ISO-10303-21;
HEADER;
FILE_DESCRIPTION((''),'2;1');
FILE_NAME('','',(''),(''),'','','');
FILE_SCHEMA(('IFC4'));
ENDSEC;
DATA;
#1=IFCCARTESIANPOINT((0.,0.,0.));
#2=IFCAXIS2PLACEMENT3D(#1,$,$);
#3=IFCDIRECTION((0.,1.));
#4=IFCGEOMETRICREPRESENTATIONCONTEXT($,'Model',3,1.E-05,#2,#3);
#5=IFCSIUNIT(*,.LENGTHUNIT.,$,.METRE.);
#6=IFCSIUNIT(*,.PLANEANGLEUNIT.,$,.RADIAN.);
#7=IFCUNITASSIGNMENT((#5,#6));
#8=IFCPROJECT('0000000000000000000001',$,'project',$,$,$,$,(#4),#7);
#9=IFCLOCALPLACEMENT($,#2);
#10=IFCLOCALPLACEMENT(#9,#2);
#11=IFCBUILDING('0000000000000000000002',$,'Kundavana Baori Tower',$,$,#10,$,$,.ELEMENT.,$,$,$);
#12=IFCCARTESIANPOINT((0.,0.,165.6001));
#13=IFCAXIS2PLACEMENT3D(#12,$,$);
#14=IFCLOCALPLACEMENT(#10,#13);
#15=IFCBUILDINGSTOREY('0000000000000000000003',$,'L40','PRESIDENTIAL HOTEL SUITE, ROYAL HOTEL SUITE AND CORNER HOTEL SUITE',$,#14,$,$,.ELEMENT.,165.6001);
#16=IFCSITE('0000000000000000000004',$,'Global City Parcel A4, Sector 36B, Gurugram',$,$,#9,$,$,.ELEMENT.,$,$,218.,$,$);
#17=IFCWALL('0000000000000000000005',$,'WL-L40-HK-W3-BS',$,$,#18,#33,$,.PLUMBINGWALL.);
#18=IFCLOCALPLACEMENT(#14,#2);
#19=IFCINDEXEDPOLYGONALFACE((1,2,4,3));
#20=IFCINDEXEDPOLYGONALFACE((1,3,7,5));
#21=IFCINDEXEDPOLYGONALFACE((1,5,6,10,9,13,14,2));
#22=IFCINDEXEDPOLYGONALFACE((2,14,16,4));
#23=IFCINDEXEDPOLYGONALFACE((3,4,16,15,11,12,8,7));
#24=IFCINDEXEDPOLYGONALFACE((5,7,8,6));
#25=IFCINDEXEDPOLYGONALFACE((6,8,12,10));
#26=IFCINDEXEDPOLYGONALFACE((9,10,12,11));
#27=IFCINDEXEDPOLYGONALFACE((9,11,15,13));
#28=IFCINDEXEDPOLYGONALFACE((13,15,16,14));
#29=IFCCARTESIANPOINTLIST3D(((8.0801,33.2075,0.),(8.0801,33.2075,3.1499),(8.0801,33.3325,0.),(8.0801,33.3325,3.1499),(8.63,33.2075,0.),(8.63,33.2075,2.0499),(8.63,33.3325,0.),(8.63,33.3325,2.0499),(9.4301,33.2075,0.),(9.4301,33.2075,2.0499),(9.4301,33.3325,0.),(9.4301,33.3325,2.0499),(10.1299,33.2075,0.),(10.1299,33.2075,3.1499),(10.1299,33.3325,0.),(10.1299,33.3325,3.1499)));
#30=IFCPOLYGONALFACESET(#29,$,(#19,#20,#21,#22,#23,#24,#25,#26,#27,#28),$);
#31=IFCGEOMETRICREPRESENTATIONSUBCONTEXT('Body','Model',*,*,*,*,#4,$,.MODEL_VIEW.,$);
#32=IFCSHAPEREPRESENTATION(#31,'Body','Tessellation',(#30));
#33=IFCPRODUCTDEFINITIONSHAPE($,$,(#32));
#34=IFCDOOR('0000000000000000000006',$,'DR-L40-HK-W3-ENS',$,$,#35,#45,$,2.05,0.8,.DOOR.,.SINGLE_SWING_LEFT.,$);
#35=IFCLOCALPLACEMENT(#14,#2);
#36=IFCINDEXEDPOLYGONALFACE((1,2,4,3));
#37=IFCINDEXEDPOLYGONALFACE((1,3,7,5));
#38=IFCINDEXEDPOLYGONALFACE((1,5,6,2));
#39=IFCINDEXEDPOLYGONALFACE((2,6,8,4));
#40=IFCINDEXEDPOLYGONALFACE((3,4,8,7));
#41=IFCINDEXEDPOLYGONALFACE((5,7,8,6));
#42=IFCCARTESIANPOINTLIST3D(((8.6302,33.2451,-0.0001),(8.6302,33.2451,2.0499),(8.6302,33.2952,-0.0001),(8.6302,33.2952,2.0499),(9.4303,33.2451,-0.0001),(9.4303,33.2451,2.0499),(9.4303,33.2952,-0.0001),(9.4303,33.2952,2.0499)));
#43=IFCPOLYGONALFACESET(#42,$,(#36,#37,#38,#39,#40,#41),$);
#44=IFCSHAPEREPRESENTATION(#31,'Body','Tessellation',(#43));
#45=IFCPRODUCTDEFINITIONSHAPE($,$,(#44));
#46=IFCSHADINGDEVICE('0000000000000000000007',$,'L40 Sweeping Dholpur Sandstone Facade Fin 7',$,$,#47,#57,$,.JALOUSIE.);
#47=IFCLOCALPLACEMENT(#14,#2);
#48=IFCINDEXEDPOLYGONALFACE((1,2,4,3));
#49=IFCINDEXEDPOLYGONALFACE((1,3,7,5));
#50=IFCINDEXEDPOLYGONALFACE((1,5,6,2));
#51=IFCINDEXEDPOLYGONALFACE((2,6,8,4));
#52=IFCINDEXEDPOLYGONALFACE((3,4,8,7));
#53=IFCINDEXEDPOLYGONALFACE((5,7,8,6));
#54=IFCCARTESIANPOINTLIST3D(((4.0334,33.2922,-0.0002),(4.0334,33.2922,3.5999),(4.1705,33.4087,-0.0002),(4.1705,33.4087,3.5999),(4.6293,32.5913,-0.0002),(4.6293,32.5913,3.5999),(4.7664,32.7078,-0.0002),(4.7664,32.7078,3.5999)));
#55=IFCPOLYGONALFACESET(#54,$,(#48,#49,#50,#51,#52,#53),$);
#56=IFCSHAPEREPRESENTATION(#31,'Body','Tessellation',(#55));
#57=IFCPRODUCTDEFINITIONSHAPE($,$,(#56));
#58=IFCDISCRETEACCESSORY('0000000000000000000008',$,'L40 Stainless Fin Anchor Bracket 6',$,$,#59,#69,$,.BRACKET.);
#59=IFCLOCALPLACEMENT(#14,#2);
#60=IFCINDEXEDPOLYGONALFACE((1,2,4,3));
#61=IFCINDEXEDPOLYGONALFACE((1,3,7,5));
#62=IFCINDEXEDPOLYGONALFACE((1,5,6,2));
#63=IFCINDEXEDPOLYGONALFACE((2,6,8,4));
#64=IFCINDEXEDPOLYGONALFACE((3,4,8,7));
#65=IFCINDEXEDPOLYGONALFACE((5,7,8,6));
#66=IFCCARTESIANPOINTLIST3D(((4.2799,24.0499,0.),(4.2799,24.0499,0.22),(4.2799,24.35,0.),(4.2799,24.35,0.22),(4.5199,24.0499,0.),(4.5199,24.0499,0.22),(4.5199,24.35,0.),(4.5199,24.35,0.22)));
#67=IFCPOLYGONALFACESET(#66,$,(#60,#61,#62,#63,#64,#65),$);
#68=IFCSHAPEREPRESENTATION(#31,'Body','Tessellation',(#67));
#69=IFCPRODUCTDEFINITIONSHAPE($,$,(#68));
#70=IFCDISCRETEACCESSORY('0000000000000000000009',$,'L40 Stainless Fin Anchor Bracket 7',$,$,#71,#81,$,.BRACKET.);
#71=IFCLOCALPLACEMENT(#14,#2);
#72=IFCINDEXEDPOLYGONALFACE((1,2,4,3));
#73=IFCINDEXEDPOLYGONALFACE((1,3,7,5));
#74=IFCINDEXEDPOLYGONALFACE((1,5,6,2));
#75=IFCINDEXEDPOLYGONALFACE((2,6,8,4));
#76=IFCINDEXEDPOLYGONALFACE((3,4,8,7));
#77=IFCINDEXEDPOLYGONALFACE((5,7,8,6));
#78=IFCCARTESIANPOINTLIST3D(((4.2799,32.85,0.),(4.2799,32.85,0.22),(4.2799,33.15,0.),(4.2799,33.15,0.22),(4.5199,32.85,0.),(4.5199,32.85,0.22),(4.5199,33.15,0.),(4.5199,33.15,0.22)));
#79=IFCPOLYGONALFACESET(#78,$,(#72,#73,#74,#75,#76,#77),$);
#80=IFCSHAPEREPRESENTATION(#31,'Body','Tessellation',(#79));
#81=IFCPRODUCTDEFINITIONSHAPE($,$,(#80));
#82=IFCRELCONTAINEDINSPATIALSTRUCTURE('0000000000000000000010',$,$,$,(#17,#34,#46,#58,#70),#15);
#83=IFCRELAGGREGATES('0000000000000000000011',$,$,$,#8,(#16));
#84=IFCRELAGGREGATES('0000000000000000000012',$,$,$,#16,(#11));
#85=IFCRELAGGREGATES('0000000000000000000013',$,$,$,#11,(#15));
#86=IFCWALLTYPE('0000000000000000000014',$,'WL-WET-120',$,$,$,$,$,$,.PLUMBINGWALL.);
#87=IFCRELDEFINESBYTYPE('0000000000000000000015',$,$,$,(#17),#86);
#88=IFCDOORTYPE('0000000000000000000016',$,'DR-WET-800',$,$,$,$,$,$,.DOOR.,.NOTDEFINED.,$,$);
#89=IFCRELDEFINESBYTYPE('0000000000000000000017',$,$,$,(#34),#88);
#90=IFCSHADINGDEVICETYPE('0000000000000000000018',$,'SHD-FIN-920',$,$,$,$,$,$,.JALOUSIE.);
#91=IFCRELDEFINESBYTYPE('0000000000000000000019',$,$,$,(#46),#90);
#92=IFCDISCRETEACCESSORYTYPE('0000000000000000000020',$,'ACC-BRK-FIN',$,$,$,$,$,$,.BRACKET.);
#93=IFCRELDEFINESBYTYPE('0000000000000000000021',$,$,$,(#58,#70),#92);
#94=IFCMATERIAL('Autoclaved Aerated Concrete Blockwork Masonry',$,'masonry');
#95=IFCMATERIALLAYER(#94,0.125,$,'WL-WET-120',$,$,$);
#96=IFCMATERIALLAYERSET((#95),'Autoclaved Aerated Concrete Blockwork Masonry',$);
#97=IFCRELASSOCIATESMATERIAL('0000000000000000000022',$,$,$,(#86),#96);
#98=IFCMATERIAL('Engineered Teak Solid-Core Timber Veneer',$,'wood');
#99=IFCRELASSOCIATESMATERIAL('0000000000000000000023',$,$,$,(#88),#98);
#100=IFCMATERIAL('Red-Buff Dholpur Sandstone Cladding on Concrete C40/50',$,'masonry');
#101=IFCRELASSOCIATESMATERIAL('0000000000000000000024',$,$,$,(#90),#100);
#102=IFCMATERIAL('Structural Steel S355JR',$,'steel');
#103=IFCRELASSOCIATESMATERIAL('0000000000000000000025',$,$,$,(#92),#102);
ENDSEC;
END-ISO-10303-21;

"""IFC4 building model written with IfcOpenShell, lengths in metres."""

from ifc_helpers import new_model, si_unit, direction, frame, frame_2d, origin, origin_2d, place, context, subcontext, project, spatial, rectangle, extrude, material, layer, layer_set, type_object, element, fill, save


model = new_model("IFC4")

# Units and contexts
model_context = context("Model", 3, precision=1e-05, world=origin(), true_north=direction((0.0, 1.0)))
body_context = subcontext(model_context, "Body", "Model", "MODEL_VIEW")
ifc_project = project(units=[si_unit("LENGTHUNIT", "METRE"), si_unit("PLANEANGLEUNIT", "RADIAN")], contexts=[model_context])

# Site, building, storey
site_placement = place(None, origin())
site = spatial("IfcSite", under=ifc_project, at=site_placement, Name="Global City Parcel A4, Sector 36B, Gurugram", CompositionType="ELEMENT", RefElevation=218.0)
building_placement = place(site_placement, origin())
building = spatial("IfcBuilding", under=site, at=building_placement, Name="Kundavana Baori Tower", CompositionType="ELEMENT")
storey_placement = place(building_placement, frame((0.0, 0.0, 165.6001)))
storey = spatial("IfcBuildingStorey", under=building, at=storey_placement, Name="L40", Description="PRESIDENTIAL HOTEL SUITE, ROYAL HOTEL SUITE AND CORNER HOTEL SUITE", CompositionType="ELEMENT", Elevation=165.6001)

# Shared definitions
ifc_material_1 = material(Name="Autoclaved Aerated Concrete Blockwork Masonry", Category="masonry")
ifc_layer_1 = layer(ifc_material_1, 0.125, Name="WL-WET-120")
ifc_layer_set_1 = layer_set([ifc_layer_1], Name="Autoclaved Aerated Concrete Blockwork Masonry")
wall_type_1 = type_object("IfcWallType", Name="WL-WET-120", PredefinedType="PLUMBINGWALL", material=ifc_layer_set_1)

# Shared definitions
ifc_material_2 = material(Name="Engineered Teak Solid-Core Timber Veneer", Category="wood")
door_type = type_object("IfcDoorType", Name="DR-WET-800", OperationType="NOTDEFINED", PredefinedType="DOOR", material=ifc_material_2)

# Wall, opening, door
wall_1_placement = place(storey_placement, frame((8.0801, 33.27, 0.0), z_axis=(0.0, 0.0, 1.0), x_axis=(1.0, 0.0, 0.0)))
wall_1 = element("IfcWall", 1, at=wall_1_placement, inside=storey, type_object=wall_type_1, Name="WL-L40-HK-W3-BS", PredefinedType="PLUMBINGWALL", context=body_context, shape_type="SweptSolid", body=[
    extrude(rectangle(XDim=2.0498, YDim=0.125, at=frame_2d((1.0249, 0.0))), origin(), (0.0, 0.0, 1.0), 3.1499),
])
opening_1_placement = place(wall_1_placement, frame((0.55, 0.0, 0.0)))
opening_1 = element("IfcOpeningElement", 2, at=opening_1_placement, cuts=wall_1, PredefinedType="OPENING", context=body_context, shape_type="SweptSolid", body=[
    extrude(rectangle(XDim=0.8, YDim=2.05, at=frame_2d((0.3999, 1.0249))), frame((0.0, 0.0725, 0.0), z_axis=(0.0, -1.0, 0.0), x_axis=(1.0, 0.0, 0.0)), (0.0, 0.0, 1.0), 0.145),
])
door_1_placement = place(opening_1_placement, frame((0.8, 0.0, 0.0), z_axis=(0.0, 0.0, 1.0), x_axis=(-1.0, 0.0, 0.0)))
door_1 = element("IfcDoor", 3, at=door_1_placement, inside=storey, type_object=door_type, Name="DR-L40-HK-W3-ENS", OperationType="SINGLE_SWING_LEFT", OverallHeight=2.05, OverallWidth=0.8, PredefinedType="DOOR", context=body_context, shape_type="SweptSolid", body=[
    extrude(rectangle(XDim=0.8, YDim=2.05, at=frame_2d((0.3999, 1.0249))), frame((0.0, 0.0249, 0.0), z_axis=(0.0, -1.0, 0.0), x_axis=(1.0, 0.0, 0.0)), (0.0, 0.0, 1.0), 0.05),
])
fill(opening_1, door_1)

# Shading device
ifc_material_3 = material(Name="Red-Buff Dholpur Sandstone Cladding on Concrete C40/50", Category="masonry")
shading_device_type = type_object("IfcShadingDeviceType", Name="SHD-FIN-920", PredefinedType="JALOUSIE", material=ifc_material_3)
shading_device_placement = place(storey_placement, frame((4.3999, 33.0, -0.0002), z_axis=(0.0, 0.0, 1.0), x_axis=(0.761878, 0.647721, 0.0)))
element("IfcShadingDevice", 4, at=shading_device_placement, inside=storey, type_object=shading_device_type, Name="L40 Sweeping Dholpur Sandstone Facade Fin 7", PredefinedType="JALOUSIE", context=body_context, shape_type="SweptSolid", body=[
    extrude(rectangle(XDim=0.1799, YDim=0.9199, at=origin_2d()), origin(), (0.0, 0.0, 1.0), 3.6001),
])

# Discrete accessories
ifc_material_4 = material(Name="Structural Steel S355JR", Category="steel")
discrete_accessory_type = type_object("IfcDiscreteAccessoryType", Name="ACC-BRK-FIN", PredefinedType="BRACKET", material=ifc_material_4)
for number, where, z_axis, x_axis, name in (
    (5, (4.3999, 24.2, 0.0), (0.0, 0.0, 1.0), (1.0, 0.0, 0.0), "L40 Stainless Fin Anchor Bracket 6"),
    (6, (4.3999, 33.0, 0.0), (0.0, 0.0, 1.0), (1.0, 0.0, 0.0), "L40 Stainless Fin Anchor Bracket 7"),
):
    element("IfcDiscreteAccessory", number, at=place(storey_placement, frame(where, z_axis=z_axis, x_axis=x_axis)), inside=storey, type_object=discrete_accessory_type, Name=name, PredefinedType="BRACKET", context=body_context, shape_type="SweptSolid", body=[
        extrude(rectangle(XDim=0.24, YDim=0.3, at=origin_2d()), origin(), (0.0, 0.0, 1.0), 0.22),
    ])

save(model, "model.ifc")
